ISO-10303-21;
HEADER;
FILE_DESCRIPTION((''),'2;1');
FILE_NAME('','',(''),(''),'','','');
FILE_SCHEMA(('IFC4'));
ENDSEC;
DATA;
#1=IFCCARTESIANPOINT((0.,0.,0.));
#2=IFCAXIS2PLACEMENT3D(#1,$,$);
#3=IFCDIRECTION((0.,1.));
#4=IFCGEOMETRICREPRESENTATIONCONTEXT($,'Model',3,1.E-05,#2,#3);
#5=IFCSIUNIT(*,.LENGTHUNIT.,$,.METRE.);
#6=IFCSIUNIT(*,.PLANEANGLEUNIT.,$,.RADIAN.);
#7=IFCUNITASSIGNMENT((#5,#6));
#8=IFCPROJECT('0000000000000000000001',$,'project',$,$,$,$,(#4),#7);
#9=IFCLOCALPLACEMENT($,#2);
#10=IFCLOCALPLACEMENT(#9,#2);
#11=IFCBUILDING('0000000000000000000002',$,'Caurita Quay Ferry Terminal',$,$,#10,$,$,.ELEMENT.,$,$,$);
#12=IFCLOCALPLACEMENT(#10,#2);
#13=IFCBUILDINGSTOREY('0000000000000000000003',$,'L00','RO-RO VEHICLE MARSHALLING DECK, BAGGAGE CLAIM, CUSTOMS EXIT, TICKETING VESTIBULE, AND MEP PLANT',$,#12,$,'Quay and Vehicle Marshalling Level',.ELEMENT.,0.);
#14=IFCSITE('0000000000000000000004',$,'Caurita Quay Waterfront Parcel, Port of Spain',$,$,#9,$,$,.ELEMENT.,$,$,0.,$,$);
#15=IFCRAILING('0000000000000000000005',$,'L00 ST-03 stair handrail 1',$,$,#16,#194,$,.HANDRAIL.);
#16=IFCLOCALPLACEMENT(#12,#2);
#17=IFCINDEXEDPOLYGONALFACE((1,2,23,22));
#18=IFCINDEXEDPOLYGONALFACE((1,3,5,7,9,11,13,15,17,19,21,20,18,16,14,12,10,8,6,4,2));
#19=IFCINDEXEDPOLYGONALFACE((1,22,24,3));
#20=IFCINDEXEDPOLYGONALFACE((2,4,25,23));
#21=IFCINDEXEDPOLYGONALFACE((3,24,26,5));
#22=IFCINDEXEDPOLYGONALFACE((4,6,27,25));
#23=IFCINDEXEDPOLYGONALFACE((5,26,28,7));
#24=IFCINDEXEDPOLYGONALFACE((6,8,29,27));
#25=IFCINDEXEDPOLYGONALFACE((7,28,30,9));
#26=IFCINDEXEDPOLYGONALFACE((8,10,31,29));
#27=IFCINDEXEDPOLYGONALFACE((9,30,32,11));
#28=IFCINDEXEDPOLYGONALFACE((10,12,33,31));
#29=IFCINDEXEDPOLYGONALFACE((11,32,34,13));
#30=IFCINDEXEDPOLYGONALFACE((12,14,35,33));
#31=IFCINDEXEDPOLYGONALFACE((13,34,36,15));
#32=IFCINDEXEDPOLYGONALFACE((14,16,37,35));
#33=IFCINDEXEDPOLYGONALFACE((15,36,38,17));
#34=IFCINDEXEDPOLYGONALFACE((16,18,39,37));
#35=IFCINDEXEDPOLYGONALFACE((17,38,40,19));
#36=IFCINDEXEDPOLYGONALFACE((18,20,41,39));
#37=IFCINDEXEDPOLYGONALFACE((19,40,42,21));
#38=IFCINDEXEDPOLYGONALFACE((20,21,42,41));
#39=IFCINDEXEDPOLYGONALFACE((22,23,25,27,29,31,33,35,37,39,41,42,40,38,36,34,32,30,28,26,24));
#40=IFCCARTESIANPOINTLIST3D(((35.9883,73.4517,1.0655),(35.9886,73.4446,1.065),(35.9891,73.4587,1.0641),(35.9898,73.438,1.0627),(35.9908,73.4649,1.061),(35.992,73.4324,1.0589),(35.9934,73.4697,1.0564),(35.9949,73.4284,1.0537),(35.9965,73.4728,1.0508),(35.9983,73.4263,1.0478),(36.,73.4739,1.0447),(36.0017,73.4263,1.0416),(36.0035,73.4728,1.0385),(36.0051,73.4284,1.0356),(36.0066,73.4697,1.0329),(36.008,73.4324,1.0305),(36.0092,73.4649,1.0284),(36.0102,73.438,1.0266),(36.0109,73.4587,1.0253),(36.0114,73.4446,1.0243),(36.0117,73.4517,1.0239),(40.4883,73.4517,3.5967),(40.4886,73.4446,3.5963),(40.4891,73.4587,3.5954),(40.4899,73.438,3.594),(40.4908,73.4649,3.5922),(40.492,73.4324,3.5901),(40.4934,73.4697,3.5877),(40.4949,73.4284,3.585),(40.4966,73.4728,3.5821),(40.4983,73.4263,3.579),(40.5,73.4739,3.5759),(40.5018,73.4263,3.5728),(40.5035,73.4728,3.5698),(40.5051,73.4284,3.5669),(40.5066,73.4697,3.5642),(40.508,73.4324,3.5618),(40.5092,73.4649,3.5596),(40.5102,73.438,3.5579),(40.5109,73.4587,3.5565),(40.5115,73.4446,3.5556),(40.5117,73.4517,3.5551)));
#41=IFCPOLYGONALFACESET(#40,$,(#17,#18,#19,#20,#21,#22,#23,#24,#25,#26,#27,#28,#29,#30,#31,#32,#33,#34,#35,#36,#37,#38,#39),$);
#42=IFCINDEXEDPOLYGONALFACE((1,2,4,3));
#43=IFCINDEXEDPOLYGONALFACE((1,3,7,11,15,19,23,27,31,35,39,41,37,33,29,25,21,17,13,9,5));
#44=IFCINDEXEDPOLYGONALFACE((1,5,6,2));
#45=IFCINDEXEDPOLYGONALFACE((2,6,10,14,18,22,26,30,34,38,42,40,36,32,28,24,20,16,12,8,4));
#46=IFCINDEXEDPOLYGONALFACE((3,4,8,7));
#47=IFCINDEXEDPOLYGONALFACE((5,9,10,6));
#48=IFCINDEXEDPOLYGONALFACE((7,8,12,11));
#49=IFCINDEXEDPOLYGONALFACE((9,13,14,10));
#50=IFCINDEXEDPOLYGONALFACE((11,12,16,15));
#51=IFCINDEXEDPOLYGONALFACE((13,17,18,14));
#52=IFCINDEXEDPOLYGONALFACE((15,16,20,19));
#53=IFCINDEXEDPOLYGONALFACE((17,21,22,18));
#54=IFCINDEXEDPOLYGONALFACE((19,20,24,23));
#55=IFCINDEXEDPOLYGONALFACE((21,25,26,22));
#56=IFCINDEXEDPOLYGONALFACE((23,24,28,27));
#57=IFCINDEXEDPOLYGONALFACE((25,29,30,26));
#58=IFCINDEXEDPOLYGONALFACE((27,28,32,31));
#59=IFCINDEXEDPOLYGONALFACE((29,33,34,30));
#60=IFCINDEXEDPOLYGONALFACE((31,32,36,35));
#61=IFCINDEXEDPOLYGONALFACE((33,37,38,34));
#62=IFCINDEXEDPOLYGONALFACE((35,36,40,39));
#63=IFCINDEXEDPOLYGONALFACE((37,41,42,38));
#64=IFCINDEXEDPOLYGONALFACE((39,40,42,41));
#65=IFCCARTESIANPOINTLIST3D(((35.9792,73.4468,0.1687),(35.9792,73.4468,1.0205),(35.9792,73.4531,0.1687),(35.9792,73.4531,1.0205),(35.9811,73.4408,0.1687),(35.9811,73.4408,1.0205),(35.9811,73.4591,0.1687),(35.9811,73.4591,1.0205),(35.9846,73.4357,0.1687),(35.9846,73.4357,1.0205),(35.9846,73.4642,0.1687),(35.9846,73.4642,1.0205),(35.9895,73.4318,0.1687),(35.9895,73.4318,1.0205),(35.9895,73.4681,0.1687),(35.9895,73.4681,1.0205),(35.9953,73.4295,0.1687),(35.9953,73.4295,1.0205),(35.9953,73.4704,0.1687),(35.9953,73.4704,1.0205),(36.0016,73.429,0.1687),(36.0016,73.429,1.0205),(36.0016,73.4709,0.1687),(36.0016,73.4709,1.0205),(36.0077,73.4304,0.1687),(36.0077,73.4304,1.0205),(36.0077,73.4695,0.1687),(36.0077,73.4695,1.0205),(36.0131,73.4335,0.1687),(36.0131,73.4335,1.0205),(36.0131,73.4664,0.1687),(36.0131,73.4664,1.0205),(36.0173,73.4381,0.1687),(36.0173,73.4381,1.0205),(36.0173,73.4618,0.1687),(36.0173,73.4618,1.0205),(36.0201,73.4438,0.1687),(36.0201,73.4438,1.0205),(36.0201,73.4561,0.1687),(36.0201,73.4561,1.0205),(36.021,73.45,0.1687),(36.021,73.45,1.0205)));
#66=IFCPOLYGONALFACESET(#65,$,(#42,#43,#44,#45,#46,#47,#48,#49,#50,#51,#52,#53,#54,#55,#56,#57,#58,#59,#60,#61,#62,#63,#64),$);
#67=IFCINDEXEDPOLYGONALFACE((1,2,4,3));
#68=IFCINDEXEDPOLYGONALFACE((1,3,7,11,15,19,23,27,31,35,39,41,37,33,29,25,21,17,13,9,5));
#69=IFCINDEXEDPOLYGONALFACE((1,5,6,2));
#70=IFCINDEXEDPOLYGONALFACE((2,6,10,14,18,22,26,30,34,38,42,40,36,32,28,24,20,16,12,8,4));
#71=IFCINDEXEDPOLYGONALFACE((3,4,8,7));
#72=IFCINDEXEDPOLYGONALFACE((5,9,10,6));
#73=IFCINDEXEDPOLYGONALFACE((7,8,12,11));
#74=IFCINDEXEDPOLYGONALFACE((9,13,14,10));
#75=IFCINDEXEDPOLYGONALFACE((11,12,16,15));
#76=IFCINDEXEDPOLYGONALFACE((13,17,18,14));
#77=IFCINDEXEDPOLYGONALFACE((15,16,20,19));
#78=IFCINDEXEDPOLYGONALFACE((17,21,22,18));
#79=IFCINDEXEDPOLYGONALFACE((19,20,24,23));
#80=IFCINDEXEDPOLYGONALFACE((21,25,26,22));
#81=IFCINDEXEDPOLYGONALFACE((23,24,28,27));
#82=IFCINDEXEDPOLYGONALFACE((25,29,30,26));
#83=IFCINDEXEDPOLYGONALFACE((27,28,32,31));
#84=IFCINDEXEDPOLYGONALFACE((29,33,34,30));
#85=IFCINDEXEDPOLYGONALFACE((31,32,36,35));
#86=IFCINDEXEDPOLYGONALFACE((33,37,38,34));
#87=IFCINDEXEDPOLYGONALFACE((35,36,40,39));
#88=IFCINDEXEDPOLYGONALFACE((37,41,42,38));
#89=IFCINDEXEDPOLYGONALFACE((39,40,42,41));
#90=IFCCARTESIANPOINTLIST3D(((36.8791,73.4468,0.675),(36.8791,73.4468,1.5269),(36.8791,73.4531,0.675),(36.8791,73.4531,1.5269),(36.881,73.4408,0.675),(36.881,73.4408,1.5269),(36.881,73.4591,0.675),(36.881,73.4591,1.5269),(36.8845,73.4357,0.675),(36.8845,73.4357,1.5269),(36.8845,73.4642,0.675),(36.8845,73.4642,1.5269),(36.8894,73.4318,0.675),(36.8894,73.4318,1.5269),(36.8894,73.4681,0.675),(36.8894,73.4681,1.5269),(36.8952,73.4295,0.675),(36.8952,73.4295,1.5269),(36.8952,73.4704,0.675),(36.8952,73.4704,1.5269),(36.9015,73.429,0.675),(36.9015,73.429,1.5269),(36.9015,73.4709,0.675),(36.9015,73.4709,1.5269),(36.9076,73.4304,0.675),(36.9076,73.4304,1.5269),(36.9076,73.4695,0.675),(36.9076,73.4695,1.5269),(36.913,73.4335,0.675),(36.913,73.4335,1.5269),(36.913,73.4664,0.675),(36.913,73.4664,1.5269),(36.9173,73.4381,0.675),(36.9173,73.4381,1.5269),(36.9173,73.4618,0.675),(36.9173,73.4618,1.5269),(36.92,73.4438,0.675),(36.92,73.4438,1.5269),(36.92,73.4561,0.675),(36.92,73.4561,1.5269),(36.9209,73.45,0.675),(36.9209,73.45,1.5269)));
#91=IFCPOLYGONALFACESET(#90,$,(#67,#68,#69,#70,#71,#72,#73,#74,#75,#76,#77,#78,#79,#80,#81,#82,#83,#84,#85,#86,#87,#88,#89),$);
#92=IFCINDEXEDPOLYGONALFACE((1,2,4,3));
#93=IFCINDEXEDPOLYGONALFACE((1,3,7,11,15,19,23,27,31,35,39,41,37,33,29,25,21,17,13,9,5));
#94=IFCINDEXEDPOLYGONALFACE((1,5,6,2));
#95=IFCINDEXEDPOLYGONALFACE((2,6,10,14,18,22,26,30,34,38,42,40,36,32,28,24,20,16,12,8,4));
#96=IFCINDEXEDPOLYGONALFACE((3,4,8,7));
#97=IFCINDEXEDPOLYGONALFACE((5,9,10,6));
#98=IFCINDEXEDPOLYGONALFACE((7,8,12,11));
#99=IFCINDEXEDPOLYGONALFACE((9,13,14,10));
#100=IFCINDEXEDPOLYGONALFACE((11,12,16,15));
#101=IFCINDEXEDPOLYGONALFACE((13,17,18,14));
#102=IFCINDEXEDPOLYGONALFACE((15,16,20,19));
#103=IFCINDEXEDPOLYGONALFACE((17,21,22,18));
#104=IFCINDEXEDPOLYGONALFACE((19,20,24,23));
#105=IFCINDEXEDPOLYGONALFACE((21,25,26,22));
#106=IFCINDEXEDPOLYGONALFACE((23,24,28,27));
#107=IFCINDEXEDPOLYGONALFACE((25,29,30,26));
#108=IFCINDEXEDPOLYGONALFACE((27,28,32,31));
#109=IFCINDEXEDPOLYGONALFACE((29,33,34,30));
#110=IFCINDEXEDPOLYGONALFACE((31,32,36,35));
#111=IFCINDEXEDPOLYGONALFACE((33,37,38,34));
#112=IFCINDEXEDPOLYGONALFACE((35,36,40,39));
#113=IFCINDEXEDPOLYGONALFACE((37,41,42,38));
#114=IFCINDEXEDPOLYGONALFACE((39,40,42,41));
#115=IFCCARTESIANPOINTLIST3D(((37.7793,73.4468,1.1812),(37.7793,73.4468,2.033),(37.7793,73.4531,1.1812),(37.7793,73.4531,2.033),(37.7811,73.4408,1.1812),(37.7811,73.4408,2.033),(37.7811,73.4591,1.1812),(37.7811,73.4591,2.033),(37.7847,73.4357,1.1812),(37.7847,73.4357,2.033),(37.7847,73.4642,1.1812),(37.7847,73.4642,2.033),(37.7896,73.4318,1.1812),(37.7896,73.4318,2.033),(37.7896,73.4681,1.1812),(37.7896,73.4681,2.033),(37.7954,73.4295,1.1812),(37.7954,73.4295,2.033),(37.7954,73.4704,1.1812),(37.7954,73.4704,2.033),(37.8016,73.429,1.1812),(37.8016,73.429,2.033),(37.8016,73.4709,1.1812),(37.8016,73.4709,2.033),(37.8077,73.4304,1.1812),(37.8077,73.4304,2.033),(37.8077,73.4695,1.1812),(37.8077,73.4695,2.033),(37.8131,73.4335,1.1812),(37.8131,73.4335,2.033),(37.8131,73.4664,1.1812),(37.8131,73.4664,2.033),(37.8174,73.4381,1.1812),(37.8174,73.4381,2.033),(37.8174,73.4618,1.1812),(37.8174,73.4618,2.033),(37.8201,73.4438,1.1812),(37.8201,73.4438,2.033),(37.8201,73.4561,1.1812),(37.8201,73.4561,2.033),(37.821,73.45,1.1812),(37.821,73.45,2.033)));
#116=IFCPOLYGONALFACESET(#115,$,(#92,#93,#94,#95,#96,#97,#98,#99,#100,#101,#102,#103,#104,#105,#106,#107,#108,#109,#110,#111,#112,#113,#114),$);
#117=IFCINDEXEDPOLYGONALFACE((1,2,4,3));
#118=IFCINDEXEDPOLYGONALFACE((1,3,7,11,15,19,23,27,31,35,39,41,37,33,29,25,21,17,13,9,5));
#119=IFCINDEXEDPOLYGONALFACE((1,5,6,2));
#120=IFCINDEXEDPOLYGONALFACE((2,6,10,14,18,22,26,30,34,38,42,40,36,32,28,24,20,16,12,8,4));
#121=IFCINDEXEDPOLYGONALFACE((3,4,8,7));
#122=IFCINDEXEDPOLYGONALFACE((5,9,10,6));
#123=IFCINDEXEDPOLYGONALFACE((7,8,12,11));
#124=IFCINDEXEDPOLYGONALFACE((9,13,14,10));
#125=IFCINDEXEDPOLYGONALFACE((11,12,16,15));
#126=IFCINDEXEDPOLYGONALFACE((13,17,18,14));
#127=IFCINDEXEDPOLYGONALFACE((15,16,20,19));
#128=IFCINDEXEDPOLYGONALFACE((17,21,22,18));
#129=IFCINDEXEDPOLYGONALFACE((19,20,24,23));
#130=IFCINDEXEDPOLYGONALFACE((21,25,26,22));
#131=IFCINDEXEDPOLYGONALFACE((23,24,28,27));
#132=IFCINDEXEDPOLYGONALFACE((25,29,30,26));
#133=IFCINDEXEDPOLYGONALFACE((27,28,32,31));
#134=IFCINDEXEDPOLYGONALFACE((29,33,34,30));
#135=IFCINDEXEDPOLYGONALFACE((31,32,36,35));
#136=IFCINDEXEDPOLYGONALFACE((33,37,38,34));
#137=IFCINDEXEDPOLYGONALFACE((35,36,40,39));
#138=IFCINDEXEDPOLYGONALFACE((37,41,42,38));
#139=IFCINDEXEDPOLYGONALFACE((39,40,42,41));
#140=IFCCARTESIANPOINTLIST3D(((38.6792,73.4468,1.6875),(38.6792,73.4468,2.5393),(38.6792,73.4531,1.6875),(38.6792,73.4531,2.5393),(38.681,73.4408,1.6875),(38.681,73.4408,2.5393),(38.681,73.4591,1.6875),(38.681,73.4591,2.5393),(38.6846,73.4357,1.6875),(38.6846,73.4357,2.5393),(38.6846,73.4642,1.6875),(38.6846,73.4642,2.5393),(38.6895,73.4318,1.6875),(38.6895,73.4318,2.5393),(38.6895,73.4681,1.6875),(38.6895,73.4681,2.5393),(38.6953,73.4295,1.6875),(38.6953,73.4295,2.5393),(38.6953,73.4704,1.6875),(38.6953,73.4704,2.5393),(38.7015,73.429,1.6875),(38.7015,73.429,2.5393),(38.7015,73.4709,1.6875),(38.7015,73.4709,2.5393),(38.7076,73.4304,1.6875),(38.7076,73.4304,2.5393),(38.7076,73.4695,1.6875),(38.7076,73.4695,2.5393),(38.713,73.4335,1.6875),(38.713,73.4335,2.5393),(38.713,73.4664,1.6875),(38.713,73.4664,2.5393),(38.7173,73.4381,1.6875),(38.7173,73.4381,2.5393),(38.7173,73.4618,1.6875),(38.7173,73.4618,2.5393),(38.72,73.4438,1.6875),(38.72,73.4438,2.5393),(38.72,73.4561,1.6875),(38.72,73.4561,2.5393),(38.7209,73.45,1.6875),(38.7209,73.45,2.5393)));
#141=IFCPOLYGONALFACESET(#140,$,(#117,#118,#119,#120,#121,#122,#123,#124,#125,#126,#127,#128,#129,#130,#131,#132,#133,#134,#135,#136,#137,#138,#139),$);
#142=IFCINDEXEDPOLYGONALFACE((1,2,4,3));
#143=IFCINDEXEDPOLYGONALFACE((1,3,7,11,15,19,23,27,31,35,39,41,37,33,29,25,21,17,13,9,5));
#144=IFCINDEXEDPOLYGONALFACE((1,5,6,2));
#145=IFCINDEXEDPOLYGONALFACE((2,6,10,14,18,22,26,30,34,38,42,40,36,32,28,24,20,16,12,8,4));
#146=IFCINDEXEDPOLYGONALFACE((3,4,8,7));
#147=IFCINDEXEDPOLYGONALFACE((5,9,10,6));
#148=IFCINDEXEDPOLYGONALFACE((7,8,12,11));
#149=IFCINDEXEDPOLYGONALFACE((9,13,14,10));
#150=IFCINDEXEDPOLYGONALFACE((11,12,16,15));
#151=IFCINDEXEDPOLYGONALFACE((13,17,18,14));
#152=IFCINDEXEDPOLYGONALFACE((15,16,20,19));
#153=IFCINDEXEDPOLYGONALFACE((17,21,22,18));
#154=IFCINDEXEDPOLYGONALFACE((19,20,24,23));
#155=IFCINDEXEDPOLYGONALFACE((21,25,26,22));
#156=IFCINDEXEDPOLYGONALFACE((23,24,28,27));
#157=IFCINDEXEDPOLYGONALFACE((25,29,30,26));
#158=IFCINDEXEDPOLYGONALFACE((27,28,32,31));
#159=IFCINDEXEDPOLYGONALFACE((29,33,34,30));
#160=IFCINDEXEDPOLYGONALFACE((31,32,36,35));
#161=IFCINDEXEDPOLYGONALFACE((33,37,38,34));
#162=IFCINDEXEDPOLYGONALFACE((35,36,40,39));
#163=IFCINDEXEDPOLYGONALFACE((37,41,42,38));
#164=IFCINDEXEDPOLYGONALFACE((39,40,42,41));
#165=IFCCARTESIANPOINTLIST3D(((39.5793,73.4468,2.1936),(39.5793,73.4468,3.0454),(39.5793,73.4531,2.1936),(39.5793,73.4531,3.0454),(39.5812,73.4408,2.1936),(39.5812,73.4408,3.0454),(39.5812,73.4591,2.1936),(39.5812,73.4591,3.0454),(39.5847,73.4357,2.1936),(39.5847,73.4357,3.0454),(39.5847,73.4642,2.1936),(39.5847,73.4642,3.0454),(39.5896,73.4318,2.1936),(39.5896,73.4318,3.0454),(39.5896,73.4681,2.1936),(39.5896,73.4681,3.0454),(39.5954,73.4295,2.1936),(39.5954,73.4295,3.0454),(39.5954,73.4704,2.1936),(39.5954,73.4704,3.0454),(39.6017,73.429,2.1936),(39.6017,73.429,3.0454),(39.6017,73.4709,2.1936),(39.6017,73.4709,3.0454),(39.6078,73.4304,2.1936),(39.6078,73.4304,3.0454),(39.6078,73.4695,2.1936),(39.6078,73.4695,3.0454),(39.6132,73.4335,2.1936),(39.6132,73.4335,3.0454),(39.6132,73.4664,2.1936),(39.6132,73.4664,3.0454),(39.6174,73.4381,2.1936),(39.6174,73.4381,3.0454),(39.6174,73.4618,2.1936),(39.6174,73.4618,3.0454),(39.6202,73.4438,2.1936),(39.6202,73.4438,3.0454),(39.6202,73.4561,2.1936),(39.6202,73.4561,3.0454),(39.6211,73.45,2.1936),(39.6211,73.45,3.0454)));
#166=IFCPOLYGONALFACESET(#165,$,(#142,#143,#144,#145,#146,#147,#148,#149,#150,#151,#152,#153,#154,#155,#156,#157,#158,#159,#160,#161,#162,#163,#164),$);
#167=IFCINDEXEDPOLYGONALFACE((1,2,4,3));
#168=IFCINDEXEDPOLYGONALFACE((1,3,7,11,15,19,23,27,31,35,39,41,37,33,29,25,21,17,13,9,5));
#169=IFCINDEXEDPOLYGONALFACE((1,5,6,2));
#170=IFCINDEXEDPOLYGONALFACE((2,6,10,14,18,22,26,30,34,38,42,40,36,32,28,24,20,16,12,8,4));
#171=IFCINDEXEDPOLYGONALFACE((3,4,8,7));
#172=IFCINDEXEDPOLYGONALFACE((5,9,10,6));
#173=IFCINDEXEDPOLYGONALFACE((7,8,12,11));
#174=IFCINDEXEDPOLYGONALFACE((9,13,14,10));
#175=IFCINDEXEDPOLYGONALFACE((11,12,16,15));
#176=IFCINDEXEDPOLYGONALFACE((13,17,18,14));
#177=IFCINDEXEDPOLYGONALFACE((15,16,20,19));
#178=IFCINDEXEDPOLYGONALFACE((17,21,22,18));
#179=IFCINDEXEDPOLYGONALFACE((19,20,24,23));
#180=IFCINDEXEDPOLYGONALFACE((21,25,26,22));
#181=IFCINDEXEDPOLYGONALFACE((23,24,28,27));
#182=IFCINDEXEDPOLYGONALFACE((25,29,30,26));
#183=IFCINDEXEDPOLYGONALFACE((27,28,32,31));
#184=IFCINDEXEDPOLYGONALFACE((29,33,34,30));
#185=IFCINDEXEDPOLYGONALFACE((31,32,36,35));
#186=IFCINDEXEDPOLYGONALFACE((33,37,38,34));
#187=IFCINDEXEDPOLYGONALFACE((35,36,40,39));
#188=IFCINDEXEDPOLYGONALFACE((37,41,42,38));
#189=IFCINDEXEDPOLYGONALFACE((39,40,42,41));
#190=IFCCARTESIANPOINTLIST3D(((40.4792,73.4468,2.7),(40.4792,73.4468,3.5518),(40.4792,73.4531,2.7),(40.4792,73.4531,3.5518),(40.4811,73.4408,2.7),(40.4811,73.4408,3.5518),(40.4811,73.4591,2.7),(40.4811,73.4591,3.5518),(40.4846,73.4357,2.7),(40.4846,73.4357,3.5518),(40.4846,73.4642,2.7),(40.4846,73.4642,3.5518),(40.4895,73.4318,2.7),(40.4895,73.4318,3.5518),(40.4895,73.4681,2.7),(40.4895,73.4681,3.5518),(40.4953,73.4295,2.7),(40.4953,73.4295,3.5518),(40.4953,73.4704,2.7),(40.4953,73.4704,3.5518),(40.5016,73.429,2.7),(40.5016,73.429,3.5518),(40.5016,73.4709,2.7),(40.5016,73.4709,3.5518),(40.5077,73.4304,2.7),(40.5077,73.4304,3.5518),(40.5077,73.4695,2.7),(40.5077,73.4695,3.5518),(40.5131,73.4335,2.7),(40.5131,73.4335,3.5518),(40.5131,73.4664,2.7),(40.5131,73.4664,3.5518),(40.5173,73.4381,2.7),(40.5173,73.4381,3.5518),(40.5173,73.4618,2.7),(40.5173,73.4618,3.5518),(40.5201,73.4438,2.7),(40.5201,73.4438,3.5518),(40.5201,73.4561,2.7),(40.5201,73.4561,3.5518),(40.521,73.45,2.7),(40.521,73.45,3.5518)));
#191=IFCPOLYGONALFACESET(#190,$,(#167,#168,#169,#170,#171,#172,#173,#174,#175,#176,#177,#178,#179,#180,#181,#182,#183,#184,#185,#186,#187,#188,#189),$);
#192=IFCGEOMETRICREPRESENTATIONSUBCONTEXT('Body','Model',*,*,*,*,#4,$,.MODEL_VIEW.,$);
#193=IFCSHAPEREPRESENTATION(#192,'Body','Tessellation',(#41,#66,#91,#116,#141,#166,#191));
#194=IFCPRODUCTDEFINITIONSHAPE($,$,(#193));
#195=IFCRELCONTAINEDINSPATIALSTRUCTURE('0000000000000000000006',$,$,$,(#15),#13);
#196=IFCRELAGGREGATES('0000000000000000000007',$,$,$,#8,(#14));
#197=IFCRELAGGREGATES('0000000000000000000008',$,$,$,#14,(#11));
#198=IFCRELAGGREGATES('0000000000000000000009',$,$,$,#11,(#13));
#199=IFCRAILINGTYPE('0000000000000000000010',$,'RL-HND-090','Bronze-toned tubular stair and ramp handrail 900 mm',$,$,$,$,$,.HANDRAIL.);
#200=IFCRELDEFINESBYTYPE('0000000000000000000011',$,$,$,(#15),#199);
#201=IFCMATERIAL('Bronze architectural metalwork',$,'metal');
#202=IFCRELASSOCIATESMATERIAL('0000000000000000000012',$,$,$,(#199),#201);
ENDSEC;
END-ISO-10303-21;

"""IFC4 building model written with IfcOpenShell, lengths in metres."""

from ifc_helpers import new_model, si_unit, direction, frame, origin, origin_2d, place, context, subcontext, project, spatial, circle, extrude, material, type_object, element, save


model = new_model("IFC4")

# Units and contexts
model_context = context("Model", 3, precision=1e-05, world=origin(), true_north=direction((0.0, 1.0)))
body_context = subcontext(model_context, "Body", "Model", "MODEL_VIEW")
ifc_project = project(units=[si_unit("LENGTHUNIT", "METRE"), si_unit("PLANEANGLEUNIT", "RADIAN")], contexts=[model_context])

# Site, building, storey
site_placement = place(None, origin())
site = spatial("IfcSite", under=ifc_project, at=site_placement, Name="Caurita Quay Waterfront Parcel, Port of Spain", CompositionType="ELEMENT", RefElevation=0.0)
building_placement = place(site_placement, origin())
building = spatial("IfcBuilding", under=site, at=building_placement, Name="Caurita Quay Ferry Terminal", CompositionType="ELEMENT")
storey_placement = place(building_placement, origin())
storey = spatial("IfcBuildingStorey", under=building, at=storey_placement, Name="L00", Description="RO-RO VEHICLE MARSHALLING DECK, BAGGAGE CLAIM, CUSTOMS EXIT, TICKETING VESTIBULE, AND MEP PLANT", LongName="Quay and Vehicle Marshalling Level", CompositionType="ELEMENT", Elevation=0.0)

# Railing
ifc_material_1 = material(Name="Bronze architectural metalwork", Category="metal")
railing_type_1 = type_object("IfcRailingType", Name="RL-HND-090", Description="Bronze-toned tubular stair and ramp handrail 900 mm", PredefinedType="HANDRAIL", material=ifc_material_1)
railing_1_placement = place(storey_placement, frame((36.0, 73.45, 0.1687)))
element("IfcRailing", 1, at=railing_1_placement, inside=storey, type_object=railing_type_1, Name="L00 ST-03 stair handrail 1", PredefinedType="HANDRAIL", context=body_context, shape_type="SweptSolid", body=[
    extrude(circle(Radius=0.0239, at=origin_2d()), frame((0.0, 0.0, 0.876), z_axis=(0.871576, 0.0, 0.490261), x_axis=(0.0, 1.0, 0.0)), (0.0, 0.0, 1.0), 5.1631),
    extrude(circle(Radius=0.021, at=origin_2d()), origin(), (0.0, 0.0, 1.0), 0.8518),
    extrude(circle(Radius=0.021, at=origin_2d()), frame((0.8999, 0.0, 0.5063)), (0.0, 0.0, 1.0), 0.8518),
    extrude(circle(Radius=0.021, at=origin_2d()), frame((1.8, 0.0, 1.0125)), (0.0, 0.0, 1.0), 0.8518),
    extrude(circle(Radius=0.021, at=origin_2d()), frame((2.7, 0.0, 1.5188)), (0.0, 0.0, 1.0), 0.8518),
    extrude(circle(Radius=0.021, at=origin_2d()), frame((3.6001, 0.0, 2.0249)), (0.0, 0.0, 1.0), 0.8518),
    extrude(circle(Radius=0.021, at=origin_2d()), frame((4.5, 0.0, 2.5312)), (0.0, 0.0, 1.0), 0.8518),
])

save(model, "model.ifc")
